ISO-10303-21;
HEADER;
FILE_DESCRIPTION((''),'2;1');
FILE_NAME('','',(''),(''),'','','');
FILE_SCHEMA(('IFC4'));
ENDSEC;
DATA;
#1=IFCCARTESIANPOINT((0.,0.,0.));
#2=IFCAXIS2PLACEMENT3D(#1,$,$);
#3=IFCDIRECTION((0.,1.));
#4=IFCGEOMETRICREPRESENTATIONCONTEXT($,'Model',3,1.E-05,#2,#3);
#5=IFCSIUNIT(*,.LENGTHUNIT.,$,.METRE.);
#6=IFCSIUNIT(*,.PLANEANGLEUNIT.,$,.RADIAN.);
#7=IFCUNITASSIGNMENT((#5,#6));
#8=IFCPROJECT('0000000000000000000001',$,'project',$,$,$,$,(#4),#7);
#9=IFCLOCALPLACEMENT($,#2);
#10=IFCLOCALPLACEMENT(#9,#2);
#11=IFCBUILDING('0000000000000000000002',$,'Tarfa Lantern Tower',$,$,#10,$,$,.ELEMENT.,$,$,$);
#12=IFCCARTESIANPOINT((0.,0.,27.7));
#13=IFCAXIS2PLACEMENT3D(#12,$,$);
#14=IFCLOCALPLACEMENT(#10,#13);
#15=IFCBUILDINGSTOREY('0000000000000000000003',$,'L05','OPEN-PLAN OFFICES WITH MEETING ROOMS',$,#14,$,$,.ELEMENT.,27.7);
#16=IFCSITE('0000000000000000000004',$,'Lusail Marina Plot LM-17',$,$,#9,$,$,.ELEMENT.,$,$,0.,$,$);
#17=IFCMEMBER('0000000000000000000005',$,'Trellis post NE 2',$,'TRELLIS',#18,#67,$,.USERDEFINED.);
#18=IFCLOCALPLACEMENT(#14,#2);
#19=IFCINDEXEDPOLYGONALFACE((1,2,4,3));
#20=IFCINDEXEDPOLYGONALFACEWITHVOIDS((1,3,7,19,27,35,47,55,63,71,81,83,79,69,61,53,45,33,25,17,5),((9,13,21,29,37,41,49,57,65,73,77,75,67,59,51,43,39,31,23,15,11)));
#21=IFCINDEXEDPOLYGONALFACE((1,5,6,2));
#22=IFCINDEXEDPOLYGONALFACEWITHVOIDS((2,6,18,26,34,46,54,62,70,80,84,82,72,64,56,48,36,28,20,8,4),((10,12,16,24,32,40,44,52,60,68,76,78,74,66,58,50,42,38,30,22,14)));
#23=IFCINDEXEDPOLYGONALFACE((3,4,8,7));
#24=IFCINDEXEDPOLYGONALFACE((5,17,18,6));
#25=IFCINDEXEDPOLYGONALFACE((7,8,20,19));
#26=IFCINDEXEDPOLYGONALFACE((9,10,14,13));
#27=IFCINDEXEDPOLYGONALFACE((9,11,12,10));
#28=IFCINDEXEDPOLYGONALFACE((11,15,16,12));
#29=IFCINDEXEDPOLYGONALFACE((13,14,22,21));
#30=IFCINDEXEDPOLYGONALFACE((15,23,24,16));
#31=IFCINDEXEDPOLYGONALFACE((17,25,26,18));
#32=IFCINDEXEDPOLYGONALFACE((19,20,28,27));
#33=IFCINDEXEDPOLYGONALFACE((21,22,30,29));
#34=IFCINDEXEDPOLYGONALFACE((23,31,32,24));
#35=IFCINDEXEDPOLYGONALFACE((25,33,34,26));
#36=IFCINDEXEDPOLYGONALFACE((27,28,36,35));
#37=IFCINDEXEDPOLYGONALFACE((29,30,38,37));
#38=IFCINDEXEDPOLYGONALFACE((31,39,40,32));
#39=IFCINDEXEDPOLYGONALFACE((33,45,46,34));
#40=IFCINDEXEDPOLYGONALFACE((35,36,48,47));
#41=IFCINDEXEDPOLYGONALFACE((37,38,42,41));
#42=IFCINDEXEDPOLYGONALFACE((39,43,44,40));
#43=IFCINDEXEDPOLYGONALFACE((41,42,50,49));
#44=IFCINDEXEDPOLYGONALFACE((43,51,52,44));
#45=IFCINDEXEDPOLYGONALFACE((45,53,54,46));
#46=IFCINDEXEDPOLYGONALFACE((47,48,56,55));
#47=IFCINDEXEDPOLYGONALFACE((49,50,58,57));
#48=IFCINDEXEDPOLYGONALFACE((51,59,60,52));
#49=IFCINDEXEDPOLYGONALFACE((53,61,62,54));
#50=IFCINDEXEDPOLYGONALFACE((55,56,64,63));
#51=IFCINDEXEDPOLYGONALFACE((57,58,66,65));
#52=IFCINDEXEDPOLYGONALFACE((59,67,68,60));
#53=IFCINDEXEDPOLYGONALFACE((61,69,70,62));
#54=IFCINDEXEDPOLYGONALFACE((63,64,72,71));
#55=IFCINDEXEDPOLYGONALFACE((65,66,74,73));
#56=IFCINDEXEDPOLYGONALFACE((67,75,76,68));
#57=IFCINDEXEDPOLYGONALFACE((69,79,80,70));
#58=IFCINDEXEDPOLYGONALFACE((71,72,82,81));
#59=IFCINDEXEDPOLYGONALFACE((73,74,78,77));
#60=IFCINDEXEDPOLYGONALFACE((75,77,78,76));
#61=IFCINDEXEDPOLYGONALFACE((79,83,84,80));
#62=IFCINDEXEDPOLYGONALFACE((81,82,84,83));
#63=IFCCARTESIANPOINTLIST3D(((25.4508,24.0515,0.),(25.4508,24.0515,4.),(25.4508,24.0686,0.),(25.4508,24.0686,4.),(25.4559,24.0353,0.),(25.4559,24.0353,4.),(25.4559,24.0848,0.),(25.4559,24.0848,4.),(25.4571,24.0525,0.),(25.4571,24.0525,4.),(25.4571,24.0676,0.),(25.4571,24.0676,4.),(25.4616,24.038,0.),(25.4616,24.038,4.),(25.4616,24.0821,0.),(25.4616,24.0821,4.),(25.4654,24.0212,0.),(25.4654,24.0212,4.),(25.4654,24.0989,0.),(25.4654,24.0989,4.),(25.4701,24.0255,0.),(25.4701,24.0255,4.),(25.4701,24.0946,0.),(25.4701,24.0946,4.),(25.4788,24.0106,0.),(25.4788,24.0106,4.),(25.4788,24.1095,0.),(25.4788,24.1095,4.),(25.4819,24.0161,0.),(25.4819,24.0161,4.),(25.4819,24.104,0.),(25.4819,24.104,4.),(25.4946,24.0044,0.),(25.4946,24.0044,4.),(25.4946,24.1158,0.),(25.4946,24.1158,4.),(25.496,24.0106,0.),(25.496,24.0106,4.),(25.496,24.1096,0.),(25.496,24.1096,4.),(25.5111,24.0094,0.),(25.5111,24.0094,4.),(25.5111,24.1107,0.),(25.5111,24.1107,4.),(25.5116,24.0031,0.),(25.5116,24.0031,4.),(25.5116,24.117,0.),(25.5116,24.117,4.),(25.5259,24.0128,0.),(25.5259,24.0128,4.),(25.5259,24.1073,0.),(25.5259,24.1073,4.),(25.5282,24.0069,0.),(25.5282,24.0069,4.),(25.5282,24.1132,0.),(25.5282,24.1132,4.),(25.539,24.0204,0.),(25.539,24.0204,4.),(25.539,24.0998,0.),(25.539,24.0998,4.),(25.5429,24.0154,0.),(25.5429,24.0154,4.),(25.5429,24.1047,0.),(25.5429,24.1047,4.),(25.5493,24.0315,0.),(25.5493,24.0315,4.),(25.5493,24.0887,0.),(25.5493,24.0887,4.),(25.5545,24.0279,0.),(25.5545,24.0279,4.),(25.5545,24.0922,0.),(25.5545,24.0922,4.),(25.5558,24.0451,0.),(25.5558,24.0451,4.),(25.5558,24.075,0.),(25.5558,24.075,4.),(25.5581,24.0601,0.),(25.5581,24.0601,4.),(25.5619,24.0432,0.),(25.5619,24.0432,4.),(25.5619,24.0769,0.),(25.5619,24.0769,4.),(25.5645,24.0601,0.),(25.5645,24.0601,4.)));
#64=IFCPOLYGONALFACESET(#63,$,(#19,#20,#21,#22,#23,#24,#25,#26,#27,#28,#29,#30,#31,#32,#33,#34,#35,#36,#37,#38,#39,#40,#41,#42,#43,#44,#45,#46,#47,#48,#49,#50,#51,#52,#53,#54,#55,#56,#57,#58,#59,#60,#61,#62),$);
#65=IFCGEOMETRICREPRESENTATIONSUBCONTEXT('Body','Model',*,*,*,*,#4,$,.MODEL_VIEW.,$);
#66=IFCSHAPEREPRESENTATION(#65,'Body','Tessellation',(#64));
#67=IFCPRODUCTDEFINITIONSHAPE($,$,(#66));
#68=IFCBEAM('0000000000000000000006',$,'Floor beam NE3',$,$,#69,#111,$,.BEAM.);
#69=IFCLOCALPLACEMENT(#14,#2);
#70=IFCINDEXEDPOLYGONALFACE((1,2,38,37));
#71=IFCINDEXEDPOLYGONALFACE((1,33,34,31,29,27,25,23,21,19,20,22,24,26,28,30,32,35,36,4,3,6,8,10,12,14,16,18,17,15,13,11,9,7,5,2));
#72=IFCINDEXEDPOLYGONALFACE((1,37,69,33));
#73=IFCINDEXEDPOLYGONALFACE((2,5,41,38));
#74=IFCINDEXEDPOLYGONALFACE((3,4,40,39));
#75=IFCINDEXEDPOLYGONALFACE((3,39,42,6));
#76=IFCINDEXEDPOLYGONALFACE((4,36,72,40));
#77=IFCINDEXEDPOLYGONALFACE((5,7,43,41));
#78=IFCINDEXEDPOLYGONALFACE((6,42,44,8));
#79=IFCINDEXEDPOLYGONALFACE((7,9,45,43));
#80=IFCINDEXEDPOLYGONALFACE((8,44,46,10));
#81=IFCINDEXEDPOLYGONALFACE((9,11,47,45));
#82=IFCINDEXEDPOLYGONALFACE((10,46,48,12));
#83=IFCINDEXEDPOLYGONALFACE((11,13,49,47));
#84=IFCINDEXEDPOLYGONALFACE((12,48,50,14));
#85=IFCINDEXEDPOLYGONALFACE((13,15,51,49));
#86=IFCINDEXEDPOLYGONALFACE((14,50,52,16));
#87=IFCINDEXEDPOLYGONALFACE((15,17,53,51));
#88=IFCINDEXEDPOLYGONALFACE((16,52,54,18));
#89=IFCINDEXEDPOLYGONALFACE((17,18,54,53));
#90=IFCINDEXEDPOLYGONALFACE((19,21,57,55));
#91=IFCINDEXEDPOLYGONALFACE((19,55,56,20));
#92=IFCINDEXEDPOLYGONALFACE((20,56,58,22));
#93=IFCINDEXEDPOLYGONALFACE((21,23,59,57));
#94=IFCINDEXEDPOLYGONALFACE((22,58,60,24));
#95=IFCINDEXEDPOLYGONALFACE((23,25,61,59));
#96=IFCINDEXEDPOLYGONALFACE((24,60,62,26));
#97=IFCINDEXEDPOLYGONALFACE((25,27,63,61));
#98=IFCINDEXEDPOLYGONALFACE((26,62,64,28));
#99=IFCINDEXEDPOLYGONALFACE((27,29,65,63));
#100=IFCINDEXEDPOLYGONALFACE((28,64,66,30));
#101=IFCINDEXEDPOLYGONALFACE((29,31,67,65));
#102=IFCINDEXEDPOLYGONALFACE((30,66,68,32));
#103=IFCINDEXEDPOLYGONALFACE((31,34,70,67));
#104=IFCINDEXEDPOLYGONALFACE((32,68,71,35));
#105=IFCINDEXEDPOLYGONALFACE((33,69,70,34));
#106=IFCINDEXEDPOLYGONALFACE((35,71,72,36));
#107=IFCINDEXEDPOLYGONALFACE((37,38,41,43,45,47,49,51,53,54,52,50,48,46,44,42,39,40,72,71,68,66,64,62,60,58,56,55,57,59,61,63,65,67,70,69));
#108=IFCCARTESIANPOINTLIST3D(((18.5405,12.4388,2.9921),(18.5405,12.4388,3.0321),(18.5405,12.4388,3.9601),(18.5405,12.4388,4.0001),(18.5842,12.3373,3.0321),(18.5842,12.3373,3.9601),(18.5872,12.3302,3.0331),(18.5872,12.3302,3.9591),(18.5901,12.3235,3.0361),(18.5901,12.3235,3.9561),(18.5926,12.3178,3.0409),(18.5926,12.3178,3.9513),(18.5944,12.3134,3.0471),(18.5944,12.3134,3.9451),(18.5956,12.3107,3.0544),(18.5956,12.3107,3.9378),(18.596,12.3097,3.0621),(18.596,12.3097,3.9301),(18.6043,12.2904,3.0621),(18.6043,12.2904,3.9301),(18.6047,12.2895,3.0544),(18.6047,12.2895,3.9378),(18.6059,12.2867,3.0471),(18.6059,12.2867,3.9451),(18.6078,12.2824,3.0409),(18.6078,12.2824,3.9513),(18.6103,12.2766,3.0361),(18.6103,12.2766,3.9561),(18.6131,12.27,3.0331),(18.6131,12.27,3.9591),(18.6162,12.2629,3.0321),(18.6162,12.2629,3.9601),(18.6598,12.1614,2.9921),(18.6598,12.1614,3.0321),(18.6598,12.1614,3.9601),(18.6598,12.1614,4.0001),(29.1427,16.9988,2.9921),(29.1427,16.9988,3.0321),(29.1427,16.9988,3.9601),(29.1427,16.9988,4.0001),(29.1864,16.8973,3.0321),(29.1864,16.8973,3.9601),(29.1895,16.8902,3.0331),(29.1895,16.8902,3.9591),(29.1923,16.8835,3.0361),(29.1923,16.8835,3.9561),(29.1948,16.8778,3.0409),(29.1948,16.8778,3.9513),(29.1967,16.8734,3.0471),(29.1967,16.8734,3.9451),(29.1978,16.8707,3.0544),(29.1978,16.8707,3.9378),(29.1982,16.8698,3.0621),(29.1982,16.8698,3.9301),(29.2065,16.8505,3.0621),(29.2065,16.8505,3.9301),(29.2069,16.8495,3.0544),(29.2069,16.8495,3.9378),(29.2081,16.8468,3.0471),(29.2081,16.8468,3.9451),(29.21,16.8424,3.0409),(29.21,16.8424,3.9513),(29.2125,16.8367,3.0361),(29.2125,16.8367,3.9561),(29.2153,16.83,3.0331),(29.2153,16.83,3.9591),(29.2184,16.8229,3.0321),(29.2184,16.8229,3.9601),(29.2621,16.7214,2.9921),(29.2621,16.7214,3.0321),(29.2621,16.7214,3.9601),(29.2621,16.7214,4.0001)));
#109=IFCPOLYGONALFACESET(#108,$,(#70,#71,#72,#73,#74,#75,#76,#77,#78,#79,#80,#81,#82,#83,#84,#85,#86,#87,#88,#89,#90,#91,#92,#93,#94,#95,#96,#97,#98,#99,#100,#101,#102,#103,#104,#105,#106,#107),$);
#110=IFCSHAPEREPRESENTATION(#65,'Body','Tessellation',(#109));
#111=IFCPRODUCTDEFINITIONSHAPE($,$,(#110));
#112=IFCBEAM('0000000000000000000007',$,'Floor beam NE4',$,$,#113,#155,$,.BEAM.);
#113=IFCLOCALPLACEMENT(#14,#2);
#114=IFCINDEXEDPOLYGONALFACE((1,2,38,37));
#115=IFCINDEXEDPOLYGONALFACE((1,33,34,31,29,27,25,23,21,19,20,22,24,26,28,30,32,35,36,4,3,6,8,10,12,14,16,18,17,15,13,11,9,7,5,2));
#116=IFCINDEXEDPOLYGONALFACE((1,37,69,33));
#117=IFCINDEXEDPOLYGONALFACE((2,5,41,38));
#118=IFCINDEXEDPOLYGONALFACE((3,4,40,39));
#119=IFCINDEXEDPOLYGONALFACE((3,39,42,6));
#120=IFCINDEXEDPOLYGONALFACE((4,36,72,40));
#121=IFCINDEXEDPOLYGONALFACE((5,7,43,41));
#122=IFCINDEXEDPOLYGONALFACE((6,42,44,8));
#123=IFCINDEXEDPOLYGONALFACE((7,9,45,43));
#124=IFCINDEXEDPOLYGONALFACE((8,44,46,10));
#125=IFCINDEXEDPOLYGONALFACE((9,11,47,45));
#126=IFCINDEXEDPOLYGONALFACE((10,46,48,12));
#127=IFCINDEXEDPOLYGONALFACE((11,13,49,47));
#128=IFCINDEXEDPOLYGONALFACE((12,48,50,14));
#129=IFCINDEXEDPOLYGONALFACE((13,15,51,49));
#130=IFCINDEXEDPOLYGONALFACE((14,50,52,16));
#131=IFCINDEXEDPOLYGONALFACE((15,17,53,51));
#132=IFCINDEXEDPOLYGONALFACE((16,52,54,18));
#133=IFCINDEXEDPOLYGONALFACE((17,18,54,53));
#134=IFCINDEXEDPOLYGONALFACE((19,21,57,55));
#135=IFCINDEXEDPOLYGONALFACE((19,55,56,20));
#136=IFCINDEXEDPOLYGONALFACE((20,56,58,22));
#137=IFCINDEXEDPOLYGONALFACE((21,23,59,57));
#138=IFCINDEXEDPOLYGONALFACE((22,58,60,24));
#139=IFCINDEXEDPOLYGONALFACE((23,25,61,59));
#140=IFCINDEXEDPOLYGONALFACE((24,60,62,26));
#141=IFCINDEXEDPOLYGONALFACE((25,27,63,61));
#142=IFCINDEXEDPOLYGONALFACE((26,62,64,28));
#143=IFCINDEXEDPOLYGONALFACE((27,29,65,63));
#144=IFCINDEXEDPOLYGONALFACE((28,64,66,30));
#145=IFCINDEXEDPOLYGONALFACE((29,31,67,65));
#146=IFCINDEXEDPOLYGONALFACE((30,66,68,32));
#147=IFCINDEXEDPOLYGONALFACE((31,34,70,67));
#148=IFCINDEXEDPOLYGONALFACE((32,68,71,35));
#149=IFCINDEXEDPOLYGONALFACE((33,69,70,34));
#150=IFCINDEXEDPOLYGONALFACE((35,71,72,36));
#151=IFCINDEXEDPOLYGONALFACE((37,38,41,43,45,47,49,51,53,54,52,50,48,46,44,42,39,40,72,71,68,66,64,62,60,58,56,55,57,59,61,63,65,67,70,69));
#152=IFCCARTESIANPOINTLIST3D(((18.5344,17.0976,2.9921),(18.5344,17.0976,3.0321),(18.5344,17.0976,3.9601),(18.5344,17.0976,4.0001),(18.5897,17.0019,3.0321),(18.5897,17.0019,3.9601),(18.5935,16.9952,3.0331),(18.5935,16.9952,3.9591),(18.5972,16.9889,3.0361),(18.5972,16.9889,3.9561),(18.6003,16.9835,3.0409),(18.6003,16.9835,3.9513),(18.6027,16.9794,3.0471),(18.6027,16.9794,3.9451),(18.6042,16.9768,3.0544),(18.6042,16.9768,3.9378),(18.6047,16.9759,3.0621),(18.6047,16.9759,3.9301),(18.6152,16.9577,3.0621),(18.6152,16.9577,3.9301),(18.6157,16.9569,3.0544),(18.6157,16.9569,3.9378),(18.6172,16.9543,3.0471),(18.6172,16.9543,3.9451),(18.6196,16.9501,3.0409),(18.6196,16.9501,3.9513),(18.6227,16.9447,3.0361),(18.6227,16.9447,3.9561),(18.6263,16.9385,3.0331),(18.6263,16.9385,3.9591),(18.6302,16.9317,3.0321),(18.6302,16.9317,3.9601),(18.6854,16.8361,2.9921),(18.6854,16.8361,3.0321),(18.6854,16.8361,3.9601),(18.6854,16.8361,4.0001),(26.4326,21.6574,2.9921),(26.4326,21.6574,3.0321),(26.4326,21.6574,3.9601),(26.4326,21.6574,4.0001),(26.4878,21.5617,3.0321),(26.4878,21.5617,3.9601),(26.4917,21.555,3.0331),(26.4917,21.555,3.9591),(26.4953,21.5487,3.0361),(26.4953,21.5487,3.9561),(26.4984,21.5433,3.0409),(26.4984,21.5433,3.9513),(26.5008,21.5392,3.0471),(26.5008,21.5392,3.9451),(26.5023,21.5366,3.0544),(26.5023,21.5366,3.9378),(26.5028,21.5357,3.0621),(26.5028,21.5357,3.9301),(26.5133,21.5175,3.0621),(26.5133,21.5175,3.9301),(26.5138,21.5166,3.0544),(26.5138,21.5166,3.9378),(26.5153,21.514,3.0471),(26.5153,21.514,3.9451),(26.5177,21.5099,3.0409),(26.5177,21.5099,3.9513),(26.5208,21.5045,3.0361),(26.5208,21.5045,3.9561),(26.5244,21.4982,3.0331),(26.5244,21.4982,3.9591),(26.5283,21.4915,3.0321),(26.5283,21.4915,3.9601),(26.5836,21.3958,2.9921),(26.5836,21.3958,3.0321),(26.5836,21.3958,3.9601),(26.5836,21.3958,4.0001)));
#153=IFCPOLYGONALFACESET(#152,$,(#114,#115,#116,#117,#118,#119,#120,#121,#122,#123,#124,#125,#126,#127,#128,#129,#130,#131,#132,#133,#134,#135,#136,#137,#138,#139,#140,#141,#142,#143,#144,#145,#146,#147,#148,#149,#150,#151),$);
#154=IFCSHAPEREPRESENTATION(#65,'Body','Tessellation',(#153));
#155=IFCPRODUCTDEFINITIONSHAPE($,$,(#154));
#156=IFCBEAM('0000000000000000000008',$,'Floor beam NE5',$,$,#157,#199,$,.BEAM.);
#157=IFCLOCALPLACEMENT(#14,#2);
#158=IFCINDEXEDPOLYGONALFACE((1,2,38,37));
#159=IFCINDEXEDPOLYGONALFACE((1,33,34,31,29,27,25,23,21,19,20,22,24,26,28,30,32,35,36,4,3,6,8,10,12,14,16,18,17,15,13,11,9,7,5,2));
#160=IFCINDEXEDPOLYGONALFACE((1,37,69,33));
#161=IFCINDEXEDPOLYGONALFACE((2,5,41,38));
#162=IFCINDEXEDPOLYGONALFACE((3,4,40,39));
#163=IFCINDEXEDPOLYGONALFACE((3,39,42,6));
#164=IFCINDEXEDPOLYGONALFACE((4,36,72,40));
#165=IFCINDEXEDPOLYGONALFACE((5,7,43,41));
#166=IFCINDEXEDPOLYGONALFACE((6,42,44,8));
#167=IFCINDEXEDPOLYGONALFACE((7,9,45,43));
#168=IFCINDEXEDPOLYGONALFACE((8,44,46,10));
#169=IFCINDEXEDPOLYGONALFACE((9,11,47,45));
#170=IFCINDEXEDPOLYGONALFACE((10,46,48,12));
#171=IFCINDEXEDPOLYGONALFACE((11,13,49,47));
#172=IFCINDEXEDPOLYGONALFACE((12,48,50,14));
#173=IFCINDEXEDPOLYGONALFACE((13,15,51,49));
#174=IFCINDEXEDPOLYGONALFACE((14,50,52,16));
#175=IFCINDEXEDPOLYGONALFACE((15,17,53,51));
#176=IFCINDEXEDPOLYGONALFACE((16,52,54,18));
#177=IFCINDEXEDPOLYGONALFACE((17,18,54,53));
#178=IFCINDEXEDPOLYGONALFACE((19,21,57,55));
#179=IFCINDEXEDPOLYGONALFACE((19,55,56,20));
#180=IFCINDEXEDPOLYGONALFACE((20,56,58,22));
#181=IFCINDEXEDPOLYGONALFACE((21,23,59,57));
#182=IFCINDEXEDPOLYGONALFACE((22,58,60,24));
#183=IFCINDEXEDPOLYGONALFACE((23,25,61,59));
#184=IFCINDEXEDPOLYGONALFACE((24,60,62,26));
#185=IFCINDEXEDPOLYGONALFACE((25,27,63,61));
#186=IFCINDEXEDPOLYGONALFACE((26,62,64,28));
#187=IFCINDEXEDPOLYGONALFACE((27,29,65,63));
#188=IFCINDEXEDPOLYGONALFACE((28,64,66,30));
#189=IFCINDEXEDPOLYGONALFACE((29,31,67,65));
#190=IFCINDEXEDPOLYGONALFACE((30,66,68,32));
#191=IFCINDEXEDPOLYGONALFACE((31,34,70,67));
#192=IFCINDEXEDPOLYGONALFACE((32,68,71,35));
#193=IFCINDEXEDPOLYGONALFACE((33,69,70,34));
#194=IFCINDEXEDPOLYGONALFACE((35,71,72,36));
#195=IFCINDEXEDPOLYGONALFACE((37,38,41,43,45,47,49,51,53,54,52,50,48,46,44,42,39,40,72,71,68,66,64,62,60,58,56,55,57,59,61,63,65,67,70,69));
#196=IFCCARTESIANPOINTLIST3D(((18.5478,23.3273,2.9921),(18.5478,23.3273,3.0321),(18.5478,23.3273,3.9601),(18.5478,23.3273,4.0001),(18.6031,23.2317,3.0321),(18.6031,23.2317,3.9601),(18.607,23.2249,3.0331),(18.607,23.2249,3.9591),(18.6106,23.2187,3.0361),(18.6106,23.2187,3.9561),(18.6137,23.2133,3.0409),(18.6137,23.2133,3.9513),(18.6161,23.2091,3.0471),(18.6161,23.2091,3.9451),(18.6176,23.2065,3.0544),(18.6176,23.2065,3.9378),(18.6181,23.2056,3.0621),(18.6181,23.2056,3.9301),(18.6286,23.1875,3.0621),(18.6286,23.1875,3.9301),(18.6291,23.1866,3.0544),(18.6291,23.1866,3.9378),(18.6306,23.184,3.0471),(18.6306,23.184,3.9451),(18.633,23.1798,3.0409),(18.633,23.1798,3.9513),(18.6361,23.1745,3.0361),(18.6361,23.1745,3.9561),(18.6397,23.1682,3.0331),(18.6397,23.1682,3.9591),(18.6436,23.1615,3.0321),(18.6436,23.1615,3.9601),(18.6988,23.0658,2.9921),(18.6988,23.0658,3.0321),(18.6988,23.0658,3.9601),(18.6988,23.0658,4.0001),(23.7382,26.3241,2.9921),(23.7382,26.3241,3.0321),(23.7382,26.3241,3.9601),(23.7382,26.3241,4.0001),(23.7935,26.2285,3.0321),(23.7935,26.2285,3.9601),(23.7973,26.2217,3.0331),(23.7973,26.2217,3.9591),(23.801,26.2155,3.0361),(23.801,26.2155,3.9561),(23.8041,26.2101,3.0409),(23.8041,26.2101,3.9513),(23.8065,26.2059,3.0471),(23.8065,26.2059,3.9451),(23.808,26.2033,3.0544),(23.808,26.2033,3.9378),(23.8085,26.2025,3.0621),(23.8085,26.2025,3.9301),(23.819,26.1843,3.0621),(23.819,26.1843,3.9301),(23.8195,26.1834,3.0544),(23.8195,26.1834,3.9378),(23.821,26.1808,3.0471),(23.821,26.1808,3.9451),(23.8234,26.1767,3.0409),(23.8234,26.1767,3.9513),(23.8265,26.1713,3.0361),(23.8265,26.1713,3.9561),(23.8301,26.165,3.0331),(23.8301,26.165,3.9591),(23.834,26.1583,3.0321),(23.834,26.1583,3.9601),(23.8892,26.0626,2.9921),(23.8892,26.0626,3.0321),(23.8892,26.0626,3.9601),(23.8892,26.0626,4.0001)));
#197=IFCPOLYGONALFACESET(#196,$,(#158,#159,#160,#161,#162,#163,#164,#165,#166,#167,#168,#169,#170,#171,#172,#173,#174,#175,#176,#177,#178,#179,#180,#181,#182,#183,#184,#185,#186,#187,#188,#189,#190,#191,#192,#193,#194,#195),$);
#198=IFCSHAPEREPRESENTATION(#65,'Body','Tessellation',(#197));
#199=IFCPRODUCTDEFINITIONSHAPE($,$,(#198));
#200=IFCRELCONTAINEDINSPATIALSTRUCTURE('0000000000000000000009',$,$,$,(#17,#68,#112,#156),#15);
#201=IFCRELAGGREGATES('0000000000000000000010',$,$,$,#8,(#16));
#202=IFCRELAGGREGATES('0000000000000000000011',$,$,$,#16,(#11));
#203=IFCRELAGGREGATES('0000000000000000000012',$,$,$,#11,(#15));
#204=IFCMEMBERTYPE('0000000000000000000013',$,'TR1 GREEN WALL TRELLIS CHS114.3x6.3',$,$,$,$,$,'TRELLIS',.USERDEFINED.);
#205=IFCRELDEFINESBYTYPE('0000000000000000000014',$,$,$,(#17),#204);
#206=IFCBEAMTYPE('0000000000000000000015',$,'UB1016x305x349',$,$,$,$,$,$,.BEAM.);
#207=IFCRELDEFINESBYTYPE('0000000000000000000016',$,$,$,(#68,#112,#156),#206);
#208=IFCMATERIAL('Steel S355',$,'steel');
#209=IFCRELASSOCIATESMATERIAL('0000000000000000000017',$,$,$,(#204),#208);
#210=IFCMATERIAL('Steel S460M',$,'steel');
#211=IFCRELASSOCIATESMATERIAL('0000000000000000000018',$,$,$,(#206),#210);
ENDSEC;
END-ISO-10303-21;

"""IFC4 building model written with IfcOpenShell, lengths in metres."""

from ifc_helpers import new_model, si_unit, direction, frame, origin, origin_2d, place, context, subcontext, project, spatial, hollow_circle, i_section, extrude, material, material_profile, profile_set, type_object, element, save


model = new_model("IFC4")

# Units and contexts
model_context = context("Model", 3, precision=1e-05, world=origin(), true_north=direction((0.0, 1.0)))
body_context = subcontext(model_context, "Body", "Model", "MODEL_VIEW")
ifc_project = project(units=[si_unit("LENGTHUNIT", "METRE"), si_unit("PLANEANGLEUNIT", "RADIAN")], contexts=[model_context])

# Site, building, storey
site_placement = place(None, origin())
site = spatial("IfcSite", under=ifc_project, at=site_placement, Name="Lusail Marina Plot LM-17", CompositionType="ELEMENT", RefElevation=0.0)
building_placement = place(site_placement, origin())
building = spatial("IfcBuilding", under=site, at=building_placement, Name="Tarfa Lantern Tower", CompositionType="ELEMENT")
storey_placement = place(building_placement, frame((0.0, 0.0, 27.7)))
storey = spatial("IfcBuildingStorey", under=building, at=storey_placement, Name="L05", Description="OPEN-PLAN OFFICES WITH MEETING ROOMS", CompositionType="ELEMENT", Elevation=27.7)

# Member
ifc_material_1 = material(Name="Steel S355", Category="steel")
ifc_material_profile_1 = material_profile(ifc_material_1, hollow_circle(Radius=0.0571, WallThickness=0.0063, at=origin_2d()), Name="CHS114.3x6.3")
ifc_profile_set_1 = profile_set([ifc_material_profile_1], Name="Steel S355")
member_type_1 = type_object("IfcMemberType", Name="TR1 GREEN WALL TRELLIS CHS114.3x6.3", ElementType="TRELLIS", PredefinedType="USERDEFINED", material=ifc_profile_set_1)
member_1_placement = place(storey_placement, frame((25.5073, 24.0601, 0.0), z_axis=(0.0, 0.0, 1.0), x_axis=(1.0, 0.0, 0.0)))
element("IfcMember", 1, at=member_1_placement, inside=storey, type_object=member_type_1, Name="Trellis post NE 2", ObjectType="TRELLIS", PredefinedType="USERDEFINED", context=body_context, shape_type="SweptSolid", body=[
    extrude(hollow_circle(Radius=0.0571, WallThickness=0.0063, at=origin_2d()), origin(), (0.0, 0.0, 1.0), 4.0),
])

# Beams
ifc_material_2 = material(Name="Steel S460M", Category="steel")
ifc_material_profile_2 = material_profile(ifc_material_2, i_section(OverallWidth=0.302, OverallDepth=1.0081, WebThickness=0.021, FlangeThickness=0.04, FilletRadius=0.03, at=origin_2d()), Name="UB1016x305x349")
ifc_profile_set_2 = profile_set([ifc_material_profile_2], Name="Steel S460M")
beam_type_1 = type_object("IfcBeamType", Name="UB1016x305x349", PredefinedType="BEAM", material=ifc_profile_set_2)
beam_1_placement = place(storey_placement, frame((29.2024, 16.8601, 3.4961), z_axis=(-0.918635, -0.395106, 0.0), x_axis=(0.395106, -0.918635, 0.0)))
element("IfcBeam", 2, at=beam_1_placement, inside=storey, type_object=beam_type_1, Name="Floor beam NE3", PredefinedType="BEAM", context=body_context, shape_type="SweptSolid", body=[
    extrude(i_section(OverallWidth=0.302, OverallDepth=1.0081, WebThickness=0.021, FlangeThickness=0.04, FilletRadius=0.03, at=origin_2d()), origin(), (0.0, 0.0, 1.0), 11.5413),
])
beam_2_placement = place(storey_placement, frame((26.5081, 21.5266, 3.4961), z_axis=(-0.866035, -0.499983, 0.0), x_axis=(0.499983, -0.866035, 0.0)))
element("IfcBeam", 3, at=beam_2_placement, inside=storey, type_object=beam_type_1, Name="Floor beam NE4", PredefinedType="BEAM", context=body_context, shape_type="SweptSolid", body=[
    extrude(i_section(OverallWidth=0.302, OverallDepth=1.0081, WebThickness=0.021, FlangeThickness=0.04, FilletRadius=0.03, at=origin_2d()), origin(), (0.0, 0.0, 1.0), 9.1199),
])
beam_3_placement = place(storey_placement, frame((23.8137, 26.1934, 3.4961), z_axis=(-0.866016, -0.500016, 0.0), x_axis=(0.500016, -0.866016, 0.0)))
element("IfcBeam", 4, at=beam_3_placement, inside=storey, type_object=beam_type_1, Name="Floor beam NE5", PredefinedType="BEAM", context=body_context, shape_type="SweptSolid", body=[
    extrude(i_section(OverallWidth=0.302, OverallDepth=1.0081, WebThickness=0.021, FlangeThickness=0.04, FilletRadius=0.03, at=origin_2d()), origin(), (0.0, 0.0, 1.0), 5.9934),
])

save(model, "model.ifc")
